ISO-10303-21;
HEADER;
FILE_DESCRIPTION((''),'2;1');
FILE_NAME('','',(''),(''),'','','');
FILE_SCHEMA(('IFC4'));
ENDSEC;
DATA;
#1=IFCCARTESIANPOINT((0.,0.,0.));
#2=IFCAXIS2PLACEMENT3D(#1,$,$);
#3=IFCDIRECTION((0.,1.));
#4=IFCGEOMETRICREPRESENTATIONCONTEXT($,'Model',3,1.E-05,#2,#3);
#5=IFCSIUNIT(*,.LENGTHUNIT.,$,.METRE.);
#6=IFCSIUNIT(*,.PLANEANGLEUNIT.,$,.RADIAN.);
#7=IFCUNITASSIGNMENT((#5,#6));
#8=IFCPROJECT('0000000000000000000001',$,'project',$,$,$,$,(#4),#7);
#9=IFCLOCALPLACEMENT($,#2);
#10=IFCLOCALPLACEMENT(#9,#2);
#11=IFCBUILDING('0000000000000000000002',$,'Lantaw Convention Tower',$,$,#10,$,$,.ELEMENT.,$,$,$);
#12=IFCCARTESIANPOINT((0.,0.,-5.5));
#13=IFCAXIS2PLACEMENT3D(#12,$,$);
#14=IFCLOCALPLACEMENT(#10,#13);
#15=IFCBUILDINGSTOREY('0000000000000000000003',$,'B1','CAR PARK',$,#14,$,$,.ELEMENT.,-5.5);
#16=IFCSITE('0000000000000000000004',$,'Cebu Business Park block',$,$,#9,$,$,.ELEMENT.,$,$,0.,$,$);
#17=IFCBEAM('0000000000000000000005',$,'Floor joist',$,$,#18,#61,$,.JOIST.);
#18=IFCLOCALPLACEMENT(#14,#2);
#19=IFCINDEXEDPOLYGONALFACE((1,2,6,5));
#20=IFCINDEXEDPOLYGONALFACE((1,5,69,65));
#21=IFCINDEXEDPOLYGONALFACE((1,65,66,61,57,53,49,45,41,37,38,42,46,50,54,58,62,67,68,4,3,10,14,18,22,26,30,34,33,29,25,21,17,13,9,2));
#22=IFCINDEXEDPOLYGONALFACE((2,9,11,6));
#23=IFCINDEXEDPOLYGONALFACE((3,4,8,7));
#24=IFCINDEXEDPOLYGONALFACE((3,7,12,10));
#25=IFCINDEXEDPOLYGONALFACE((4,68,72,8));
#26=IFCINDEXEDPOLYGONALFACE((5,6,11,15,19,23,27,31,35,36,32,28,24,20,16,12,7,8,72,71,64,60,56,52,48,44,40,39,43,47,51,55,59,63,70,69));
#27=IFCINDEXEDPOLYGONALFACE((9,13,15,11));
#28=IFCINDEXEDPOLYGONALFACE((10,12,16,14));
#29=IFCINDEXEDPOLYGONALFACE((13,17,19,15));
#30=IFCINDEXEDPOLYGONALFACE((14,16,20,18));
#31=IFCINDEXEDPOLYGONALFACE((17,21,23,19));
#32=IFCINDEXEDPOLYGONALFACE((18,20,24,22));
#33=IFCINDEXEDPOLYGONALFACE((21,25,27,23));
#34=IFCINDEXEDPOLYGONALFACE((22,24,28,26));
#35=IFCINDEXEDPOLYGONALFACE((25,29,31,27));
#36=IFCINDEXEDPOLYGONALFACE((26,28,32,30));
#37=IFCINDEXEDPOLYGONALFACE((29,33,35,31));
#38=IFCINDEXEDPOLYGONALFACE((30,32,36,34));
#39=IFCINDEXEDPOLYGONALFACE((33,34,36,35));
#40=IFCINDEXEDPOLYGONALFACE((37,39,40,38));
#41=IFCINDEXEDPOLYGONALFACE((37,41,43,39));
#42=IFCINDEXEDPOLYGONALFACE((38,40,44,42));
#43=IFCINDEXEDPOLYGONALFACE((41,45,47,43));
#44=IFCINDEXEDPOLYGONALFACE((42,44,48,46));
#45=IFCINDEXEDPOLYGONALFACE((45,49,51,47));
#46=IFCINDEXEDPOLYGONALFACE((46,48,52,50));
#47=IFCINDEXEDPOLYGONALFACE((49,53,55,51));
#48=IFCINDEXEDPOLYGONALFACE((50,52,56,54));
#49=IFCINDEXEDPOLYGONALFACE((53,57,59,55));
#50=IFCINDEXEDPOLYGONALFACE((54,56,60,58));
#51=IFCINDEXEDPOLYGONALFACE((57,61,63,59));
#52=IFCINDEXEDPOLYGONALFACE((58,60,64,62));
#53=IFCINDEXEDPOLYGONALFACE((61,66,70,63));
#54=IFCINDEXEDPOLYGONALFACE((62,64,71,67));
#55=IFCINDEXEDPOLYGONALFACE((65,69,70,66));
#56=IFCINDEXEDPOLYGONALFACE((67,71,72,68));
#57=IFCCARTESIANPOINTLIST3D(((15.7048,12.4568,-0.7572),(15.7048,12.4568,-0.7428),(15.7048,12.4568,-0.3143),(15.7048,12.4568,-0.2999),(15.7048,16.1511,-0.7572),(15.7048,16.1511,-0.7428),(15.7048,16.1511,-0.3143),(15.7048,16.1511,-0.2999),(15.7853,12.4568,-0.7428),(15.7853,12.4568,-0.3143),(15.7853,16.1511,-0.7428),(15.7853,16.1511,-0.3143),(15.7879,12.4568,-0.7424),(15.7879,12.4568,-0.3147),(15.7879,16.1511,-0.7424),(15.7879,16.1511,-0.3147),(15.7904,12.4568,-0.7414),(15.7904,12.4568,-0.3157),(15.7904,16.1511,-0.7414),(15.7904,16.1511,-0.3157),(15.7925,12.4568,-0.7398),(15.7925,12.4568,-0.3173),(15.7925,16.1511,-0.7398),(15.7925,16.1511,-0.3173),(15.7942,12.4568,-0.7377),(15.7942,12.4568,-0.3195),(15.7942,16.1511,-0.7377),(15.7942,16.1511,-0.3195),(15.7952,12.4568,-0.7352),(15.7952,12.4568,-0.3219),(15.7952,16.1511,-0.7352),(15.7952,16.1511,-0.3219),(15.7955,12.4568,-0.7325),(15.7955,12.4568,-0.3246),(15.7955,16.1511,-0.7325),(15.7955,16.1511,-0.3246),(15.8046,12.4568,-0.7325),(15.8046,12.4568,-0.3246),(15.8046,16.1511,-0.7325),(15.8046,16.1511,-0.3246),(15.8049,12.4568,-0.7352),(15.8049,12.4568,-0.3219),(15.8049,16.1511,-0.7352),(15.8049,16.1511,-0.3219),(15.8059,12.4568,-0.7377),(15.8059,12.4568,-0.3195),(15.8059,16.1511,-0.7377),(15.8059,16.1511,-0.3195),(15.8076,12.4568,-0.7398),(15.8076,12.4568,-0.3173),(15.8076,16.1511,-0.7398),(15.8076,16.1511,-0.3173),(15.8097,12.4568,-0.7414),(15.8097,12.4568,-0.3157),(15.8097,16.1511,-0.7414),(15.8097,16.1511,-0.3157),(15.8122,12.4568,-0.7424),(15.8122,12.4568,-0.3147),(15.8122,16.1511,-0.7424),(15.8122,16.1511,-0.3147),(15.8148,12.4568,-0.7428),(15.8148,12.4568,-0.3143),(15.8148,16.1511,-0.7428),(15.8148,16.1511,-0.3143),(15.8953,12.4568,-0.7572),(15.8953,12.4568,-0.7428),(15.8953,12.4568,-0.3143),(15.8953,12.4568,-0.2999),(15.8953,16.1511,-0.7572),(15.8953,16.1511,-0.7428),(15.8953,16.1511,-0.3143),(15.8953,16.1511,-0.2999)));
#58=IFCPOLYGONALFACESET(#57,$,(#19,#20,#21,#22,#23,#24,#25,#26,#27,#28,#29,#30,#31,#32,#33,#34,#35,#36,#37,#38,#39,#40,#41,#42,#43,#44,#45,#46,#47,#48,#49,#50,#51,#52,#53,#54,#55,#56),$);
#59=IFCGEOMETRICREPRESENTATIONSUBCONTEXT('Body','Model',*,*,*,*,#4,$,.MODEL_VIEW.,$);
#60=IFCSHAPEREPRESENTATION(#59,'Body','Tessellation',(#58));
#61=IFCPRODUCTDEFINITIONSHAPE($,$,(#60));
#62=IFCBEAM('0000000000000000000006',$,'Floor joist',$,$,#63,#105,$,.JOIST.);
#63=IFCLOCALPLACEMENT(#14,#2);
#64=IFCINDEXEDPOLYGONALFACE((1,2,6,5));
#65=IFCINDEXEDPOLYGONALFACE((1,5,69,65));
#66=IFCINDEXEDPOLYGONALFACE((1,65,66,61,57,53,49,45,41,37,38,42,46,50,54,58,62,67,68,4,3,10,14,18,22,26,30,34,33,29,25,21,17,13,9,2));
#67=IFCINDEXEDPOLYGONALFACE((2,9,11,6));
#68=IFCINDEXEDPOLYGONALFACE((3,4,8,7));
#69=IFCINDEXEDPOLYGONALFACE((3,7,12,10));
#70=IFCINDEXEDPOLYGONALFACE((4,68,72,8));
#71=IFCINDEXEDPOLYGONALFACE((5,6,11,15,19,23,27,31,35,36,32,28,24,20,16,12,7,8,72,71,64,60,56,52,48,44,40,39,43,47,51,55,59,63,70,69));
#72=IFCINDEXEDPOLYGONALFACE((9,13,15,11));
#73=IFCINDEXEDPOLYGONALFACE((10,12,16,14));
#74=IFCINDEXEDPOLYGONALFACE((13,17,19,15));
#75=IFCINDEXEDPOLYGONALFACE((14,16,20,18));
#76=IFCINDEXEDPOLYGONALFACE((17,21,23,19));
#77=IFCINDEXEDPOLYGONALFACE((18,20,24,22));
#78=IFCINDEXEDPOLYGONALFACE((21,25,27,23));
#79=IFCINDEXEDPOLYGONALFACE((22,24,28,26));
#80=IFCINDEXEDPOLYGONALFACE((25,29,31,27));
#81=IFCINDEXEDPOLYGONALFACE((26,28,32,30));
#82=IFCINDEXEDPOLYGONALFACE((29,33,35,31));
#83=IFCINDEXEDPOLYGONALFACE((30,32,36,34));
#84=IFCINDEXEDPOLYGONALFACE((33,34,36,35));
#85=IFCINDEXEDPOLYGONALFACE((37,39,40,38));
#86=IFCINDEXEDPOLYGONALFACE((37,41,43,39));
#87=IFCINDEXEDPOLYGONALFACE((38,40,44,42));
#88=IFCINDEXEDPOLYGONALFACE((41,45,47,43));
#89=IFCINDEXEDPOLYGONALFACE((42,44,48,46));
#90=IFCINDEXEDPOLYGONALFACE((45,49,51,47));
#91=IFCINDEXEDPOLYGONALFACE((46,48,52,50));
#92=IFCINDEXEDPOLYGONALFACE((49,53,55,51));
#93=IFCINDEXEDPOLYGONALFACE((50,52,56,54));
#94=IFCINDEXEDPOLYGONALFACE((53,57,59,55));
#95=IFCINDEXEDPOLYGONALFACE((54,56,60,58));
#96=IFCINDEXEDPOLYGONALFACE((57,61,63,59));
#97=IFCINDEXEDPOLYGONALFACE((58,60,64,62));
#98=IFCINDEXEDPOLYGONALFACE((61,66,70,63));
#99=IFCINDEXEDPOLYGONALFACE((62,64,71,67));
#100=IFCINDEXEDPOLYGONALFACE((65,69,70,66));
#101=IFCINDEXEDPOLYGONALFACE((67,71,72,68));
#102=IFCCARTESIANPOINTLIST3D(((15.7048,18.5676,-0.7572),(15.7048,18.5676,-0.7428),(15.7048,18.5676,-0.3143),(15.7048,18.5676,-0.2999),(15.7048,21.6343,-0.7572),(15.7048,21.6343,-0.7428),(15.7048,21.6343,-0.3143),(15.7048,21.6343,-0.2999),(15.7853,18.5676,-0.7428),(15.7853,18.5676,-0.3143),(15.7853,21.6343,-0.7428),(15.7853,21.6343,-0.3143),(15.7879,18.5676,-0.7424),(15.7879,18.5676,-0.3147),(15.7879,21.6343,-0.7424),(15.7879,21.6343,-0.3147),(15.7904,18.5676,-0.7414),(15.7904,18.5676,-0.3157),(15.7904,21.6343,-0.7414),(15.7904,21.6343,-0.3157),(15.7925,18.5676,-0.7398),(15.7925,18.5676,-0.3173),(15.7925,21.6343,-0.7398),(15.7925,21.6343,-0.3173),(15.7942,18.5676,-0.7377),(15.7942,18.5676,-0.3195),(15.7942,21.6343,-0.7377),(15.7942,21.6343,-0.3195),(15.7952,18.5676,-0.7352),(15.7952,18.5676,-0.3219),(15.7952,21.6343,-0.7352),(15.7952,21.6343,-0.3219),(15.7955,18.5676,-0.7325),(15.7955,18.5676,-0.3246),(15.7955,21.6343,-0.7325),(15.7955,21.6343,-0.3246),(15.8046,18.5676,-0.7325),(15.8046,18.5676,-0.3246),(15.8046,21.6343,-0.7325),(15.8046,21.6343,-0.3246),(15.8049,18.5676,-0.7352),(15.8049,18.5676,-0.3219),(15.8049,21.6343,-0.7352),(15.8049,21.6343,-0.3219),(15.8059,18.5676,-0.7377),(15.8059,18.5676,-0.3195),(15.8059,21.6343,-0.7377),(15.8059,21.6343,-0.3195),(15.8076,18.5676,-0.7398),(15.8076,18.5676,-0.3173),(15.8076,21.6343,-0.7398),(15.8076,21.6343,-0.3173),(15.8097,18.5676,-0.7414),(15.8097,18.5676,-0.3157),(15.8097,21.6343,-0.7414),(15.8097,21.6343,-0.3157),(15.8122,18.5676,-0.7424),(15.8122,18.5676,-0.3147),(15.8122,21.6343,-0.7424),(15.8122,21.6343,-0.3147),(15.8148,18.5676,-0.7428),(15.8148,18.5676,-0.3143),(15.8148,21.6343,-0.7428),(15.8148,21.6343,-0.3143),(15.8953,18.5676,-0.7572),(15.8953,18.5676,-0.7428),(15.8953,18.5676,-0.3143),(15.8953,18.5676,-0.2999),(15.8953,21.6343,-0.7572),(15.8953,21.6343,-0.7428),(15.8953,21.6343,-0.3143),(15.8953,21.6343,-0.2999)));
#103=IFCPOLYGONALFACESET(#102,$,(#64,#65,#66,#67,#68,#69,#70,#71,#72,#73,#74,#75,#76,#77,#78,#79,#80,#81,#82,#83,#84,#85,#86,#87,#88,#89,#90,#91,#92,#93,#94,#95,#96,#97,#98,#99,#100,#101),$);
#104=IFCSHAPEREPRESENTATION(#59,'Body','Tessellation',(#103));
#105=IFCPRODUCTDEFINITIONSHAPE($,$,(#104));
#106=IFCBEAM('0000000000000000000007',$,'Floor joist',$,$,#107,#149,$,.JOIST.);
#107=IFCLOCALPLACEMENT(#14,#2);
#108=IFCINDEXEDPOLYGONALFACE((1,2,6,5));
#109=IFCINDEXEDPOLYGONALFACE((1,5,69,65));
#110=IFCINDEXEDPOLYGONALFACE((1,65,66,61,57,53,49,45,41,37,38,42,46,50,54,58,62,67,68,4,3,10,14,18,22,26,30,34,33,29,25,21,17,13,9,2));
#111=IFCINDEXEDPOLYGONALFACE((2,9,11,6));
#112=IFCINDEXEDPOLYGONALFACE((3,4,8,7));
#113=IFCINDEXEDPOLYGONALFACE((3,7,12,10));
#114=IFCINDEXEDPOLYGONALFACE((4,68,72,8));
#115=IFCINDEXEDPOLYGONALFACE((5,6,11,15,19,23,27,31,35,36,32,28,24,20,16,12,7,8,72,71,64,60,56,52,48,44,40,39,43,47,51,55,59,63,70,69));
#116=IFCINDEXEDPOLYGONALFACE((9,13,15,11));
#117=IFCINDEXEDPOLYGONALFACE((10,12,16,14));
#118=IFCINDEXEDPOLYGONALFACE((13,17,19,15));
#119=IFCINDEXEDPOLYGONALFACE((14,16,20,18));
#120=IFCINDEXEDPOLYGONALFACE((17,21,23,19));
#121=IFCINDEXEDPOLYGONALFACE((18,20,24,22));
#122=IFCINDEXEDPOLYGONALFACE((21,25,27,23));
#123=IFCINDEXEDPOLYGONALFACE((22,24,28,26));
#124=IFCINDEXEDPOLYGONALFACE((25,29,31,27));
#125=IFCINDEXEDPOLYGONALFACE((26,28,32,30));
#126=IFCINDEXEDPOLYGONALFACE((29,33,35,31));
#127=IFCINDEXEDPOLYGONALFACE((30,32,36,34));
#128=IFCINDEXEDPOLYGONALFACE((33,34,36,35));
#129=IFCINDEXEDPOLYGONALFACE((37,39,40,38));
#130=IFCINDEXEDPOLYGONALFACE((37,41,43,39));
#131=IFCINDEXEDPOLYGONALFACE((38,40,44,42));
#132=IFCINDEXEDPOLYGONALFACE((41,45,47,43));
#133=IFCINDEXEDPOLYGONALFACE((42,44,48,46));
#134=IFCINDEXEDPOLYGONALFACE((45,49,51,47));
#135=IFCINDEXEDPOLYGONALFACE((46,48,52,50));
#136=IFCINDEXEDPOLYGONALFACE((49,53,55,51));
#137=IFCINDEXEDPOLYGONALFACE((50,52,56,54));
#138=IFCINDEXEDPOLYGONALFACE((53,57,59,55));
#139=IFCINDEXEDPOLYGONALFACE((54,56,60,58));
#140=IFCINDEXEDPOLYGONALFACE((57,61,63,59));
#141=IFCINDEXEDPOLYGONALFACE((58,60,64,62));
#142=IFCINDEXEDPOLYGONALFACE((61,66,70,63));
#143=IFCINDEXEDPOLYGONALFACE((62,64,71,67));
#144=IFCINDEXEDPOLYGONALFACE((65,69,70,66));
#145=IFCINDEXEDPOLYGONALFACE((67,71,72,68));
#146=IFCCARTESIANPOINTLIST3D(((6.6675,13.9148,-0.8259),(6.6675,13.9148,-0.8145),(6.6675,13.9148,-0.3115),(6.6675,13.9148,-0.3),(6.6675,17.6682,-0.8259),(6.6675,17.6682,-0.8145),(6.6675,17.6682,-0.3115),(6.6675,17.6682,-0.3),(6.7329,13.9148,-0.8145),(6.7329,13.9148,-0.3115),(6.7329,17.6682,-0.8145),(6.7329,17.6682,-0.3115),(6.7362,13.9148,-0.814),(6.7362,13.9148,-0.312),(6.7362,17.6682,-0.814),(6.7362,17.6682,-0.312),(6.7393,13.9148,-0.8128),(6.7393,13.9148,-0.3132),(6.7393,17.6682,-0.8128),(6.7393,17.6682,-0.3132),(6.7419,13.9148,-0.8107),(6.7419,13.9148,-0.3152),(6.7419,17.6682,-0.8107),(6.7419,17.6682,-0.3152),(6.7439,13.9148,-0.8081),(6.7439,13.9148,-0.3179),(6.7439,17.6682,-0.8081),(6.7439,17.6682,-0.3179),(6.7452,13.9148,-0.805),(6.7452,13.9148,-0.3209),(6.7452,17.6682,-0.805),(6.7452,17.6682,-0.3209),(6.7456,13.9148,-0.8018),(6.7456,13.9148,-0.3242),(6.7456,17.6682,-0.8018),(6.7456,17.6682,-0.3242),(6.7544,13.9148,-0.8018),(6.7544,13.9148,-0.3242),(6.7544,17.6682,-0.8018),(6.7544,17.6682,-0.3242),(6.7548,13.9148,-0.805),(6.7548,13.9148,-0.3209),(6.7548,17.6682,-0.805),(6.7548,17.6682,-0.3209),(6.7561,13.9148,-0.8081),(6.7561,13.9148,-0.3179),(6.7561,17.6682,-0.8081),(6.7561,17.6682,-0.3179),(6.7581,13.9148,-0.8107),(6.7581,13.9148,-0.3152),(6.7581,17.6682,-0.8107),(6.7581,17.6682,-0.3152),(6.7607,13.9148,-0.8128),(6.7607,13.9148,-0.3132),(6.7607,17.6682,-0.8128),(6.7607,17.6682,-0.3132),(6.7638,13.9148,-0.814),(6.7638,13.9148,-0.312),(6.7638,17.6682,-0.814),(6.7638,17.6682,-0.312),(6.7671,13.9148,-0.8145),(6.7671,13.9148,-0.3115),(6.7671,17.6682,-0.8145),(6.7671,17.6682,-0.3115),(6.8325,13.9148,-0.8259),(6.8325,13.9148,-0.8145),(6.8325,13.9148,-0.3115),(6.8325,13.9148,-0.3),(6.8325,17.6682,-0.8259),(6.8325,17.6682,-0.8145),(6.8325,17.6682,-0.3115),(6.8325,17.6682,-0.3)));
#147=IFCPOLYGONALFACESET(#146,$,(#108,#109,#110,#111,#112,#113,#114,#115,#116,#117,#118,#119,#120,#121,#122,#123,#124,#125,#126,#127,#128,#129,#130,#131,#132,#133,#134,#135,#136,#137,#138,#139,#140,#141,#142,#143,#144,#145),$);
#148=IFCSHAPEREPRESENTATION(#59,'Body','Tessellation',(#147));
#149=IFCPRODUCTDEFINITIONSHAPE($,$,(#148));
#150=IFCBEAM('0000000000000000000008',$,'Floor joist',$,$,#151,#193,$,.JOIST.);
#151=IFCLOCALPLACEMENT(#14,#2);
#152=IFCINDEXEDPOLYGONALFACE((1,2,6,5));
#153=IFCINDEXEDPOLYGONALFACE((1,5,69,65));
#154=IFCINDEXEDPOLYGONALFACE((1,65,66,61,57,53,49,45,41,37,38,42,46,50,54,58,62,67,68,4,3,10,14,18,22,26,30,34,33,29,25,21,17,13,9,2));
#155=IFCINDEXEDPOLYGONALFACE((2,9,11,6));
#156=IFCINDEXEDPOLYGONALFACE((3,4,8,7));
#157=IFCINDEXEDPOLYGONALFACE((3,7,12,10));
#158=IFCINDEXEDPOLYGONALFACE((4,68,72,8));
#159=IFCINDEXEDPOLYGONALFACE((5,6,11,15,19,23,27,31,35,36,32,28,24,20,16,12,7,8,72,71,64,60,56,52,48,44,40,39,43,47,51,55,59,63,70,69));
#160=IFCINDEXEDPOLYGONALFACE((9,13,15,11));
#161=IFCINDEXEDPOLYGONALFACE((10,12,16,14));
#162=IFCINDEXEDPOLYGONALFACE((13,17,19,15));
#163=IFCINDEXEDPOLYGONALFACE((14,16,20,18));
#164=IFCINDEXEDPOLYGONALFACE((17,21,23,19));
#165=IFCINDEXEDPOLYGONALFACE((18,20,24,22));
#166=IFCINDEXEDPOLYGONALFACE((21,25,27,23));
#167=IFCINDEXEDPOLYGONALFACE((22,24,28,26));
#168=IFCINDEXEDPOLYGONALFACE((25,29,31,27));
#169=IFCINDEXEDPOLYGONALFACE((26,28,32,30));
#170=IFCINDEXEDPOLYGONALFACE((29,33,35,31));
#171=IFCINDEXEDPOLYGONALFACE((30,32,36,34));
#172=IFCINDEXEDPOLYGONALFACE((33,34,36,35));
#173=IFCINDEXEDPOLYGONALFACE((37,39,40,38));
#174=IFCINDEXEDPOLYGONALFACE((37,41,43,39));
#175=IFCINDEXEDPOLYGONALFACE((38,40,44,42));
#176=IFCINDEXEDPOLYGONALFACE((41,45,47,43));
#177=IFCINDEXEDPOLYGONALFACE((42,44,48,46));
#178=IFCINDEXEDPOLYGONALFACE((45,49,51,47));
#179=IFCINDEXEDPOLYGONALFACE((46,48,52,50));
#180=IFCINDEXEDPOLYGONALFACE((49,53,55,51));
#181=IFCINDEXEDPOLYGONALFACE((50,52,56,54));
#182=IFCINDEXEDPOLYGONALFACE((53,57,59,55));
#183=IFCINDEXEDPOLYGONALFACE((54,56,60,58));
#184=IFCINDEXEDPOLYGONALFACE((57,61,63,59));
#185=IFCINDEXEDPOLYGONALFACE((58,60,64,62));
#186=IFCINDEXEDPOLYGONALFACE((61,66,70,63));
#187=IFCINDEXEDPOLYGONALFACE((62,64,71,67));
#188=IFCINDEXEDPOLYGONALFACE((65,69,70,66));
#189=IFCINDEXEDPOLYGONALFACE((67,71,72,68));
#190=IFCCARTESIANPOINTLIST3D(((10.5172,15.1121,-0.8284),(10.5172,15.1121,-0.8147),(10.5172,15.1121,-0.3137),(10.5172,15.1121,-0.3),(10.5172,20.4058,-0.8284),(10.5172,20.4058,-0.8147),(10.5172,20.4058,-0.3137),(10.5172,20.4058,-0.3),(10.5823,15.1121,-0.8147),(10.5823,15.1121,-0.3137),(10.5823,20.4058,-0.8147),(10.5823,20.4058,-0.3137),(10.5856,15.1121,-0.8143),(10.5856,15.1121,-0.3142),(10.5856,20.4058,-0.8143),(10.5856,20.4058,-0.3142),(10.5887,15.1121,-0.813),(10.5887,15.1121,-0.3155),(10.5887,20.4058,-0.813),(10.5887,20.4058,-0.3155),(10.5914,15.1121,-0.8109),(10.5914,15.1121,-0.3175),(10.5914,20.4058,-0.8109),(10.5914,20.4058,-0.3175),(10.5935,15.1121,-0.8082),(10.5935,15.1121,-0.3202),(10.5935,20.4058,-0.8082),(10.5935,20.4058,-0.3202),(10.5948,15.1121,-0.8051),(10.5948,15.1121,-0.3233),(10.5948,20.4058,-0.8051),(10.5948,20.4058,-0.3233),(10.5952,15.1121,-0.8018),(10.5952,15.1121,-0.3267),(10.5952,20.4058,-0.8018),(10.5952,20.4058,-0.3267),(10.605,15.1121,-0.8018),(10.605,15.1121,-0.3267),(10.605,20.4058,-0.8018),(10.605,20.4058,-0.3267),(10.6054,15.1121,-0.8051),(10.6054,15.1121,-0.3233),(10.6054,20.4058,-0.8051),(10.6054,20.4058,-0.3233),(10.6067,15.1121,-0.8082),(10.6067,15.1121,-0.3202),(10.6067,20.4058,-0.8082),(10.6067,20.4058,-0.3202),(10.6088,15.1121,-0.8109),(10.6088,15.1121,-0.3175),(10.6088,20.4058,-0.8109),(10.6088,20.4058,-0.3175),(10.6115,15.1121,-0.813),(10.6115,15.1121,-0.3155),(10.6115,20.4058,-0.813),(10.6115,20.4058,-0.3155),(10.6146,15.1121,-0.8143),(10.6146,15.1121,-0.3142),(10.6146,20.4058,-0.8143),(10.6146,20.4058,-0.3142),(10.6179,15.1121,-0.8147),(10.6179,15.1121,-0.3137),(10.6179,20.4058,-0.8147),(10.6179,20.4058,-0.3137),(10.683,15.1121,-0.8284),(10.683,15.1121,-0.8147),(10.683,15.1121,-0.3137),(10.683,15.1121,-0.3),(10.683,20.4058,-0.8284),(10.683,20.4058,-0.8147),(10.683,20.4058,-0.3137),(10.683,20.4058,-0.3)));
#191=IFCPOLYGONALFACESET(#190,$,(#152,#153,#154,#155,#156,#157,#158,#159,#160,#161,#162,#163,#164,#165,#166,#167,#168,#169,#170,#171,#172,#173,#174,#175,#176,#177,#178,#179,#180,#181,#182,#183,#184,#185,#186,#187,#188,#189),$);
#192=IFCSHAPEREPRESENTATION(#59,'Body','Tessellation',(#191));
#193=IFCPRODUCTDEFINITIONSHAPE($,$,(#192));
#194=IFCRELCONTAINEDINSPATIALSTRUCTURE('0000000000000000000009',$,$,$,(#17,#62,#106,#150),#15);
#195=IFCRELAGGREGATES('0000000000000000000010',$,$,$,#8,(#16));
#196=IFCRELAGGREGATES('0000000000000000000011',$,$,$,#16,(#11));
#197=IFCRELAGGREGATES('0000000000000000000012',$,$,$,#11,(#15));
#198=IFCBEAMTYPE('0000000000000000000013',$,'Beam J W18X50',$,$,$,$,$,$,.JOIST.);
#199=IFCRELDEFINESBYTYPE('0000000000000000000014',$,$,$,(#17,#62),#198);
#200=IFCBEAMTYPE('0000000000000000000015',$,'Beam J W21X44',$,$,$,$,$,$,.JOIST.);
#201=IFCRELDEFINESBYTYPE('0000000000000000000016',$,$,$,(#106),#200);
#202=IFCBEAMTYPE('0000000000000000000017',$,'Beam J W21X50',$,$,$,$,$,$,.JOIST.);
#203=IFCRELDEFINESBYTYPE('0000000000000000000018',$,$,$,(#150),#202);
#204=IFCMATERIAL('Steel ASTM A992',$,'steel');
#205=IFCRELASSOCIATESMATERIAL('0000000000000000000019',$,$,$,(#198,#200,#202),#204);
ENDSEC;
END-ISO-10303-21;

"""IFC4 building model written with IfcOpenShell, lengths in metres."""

from ifc_helpers import new_model, si_unit, direction, frame, origin, origin_2d, place, context, subcontext, project, spatial, i_section, extrude, material, material_profile, profile_set, type_object, element, save


model = new_model("IFC4")

# Units and contexts
model_context = context("Model", 3, precision=1e-05, world=origin(), true_north=direction((0.0, 1.0)))
body_context = subcontext(model_context, "Body", "Model", "MODEL_VIEW")
ifc_project = project(units=[si_unit("LENGTHUNIT", "METRE"), si_unit("PLANEANGLEUNIT", "RADIAN")], contexts=[model_context])

# Site, building, storey
site_placement = place(None, origin())
site = spatial("IfcSite", under=ifc_project, at=site_placement, Name="Cebu Business Park block", CompositionType="ELEMENT", RefElevation=0.0)
building_placement = place(site_placement, origin())
building = spatial("IfcBuilding", under=site, at=building_placement, Name="Lantaw Convention Tower", CompositionType="ELEMENT")
storey_placement = place(building_placement, frame((0.0, 0.0, -5.5)))
storey = spatial("IfcBuildingStorey", under=building, at=storey_placement, Name="B1", Description="CAR PARK", CompositionType="ELEMENT", Elevation=-5.5)

# Beams
ifc_material_1 = material(Name="Steel ASTM A992", Category="steel")
ifc_material_profile_1 = material_profile(ifc_material_1, i_section(OverallWidth=0.1904, OverallDepth=0.4573, WebThickness=0.009, FlangeThickness=0.0144, FilletRadius=0.0103, at=origin_2d()), Name="W18X50")
ifc_profile_set_1 = profile_set([ifc_material_profile_1], Name="Steel ASTM A992")
beam_type_1 = type_object("IfcBeamType", Name="Beam J W18X50", PredefinedType="JOIST", material=ifc_profile_set_1)
beam_1_placement = place(storey_placement, frame((15.8, 12.4568, -0.5286), z_axis=(0.0, 1.0, 0.0), x_axis=(-1.0, 0.0, 0.0)))
element("IfcBeam", 1, at=beam_1_placement, inside=storey, type_object=beam_type_1, Name="Floor joist", PredefinedType="JOIST", context=body_context, shape_type="SweptSolid", body=[
    extrude(i_section(OverallWidth=0.1904, OverallDepth=0.4573, WebThickness=0.009, FlangeThickness=0.0144, FilletRadius=0.0103, at=origin_2d()), origin(), (0.0, 0.0, 1.0), 3.6943),
])
beam_2_placement = place(storey_placement, frame((15.8, 18.5676, -0.5286), z_axis=(0.0, 1.0, 0.0), x_axis=(-1.0, 0.0, 0.0)))
element("IfcBeam", 2, at=beam_2_placement, inside=storey, type_object=beam_type_1, Name="Floor joist", PredefinedType="JOIST", context=body_context, shape_type="SweptSolid", body=[
    extrude(i_section(OverallWidth=0.1904, OverallDepth=0.4573, WebThickness=0.009, FlangeThickness=0.0144, FilletRadius=0.0103, at=origin_2d()), origin(), (0.0, 0.0, 1.0), 3.0667),
])
ifc_material_profile_2 = material_profile(ifc_material_1, i_section(OverallWidth=0.165, OverallDepth=0.5259, WebThickness=0.0088, FlangeThickness=0.0115, FilletRadius=0.0127, at=origin_2d()), Name="W21X44")
ifc_profile_set_2 = profile_set([ifc_material_profile_2], Name="Steel ASTM A992")
beam_type_2 = type_object("IfcBeamType", Name="Beam J W21X44", PredefinedType="JOIST", material=ifc_profile_set_2)
beam_3_placement = place(storey_placement, frame((6.75, 13.9148, -0.563), z_axis=(0.0, 1.0, 0.0), x_axis=(-1.0, 0.0, 0.0)))
element("IfcBeam", 3, at=beam_3_placement, inside=storey, type_object=beam_type_2, Name="Floor joist", PredefinedType="JOIST", context=body_context, shape_type="SweptSolid", body=[
    extrude(i_section(OverallWidth=0.165, OverallDepth=0.5259, WebThickness=0.0088, FlangeThickness=0.0115, FilletRadius=0.0127, at=origin_2d()), origin(), (0.0, 0.0, 1.0), 3.7534),
])
ifc_material_profile_3 = material_profile(ifc_material_1, i_section(OverallWidth=0.1658, OverallDepth=0.5283, WebThickness=0.0098, FlangeThickness=0.0137, FilletRadius=0.0129, at=origin_2d()), Name="W21X50")
ifc_profile_set_3 = profile_set([ifc_material_profile_3], Name="Steel ASTM A992")
beam_type_3 = type_object("IfcBeamType", Name="Beam J W21X50", PredefinedType="JOIST", material=ifc_profile_set_3)
beam_4_placement = place(storey_placement, frame((10.6001, 15.1121, -0.5642), z_axis=(0.0, 1.0, 0.0), x_axis=(-1.0, 0.0, 0.0)))
element("IfcBeam", 4, at=beam_4_placement, inside=storey, type_object=beam_type_3, Name="Floor joist", PredefinedType="JOIST", context=body_context, shape_type="SweptSolid", body=[
    extrude(i_section(OverallWidth=0.1658, OverallDepth=0.5283, WebThickness=0.0098, FlangeThickness=0.0137, FilletRadius=0.0129, at=origin_2d()), origin(), (0.0, 0.0, 1.0), 5.2937),
])

save(model, "model.ifc")
